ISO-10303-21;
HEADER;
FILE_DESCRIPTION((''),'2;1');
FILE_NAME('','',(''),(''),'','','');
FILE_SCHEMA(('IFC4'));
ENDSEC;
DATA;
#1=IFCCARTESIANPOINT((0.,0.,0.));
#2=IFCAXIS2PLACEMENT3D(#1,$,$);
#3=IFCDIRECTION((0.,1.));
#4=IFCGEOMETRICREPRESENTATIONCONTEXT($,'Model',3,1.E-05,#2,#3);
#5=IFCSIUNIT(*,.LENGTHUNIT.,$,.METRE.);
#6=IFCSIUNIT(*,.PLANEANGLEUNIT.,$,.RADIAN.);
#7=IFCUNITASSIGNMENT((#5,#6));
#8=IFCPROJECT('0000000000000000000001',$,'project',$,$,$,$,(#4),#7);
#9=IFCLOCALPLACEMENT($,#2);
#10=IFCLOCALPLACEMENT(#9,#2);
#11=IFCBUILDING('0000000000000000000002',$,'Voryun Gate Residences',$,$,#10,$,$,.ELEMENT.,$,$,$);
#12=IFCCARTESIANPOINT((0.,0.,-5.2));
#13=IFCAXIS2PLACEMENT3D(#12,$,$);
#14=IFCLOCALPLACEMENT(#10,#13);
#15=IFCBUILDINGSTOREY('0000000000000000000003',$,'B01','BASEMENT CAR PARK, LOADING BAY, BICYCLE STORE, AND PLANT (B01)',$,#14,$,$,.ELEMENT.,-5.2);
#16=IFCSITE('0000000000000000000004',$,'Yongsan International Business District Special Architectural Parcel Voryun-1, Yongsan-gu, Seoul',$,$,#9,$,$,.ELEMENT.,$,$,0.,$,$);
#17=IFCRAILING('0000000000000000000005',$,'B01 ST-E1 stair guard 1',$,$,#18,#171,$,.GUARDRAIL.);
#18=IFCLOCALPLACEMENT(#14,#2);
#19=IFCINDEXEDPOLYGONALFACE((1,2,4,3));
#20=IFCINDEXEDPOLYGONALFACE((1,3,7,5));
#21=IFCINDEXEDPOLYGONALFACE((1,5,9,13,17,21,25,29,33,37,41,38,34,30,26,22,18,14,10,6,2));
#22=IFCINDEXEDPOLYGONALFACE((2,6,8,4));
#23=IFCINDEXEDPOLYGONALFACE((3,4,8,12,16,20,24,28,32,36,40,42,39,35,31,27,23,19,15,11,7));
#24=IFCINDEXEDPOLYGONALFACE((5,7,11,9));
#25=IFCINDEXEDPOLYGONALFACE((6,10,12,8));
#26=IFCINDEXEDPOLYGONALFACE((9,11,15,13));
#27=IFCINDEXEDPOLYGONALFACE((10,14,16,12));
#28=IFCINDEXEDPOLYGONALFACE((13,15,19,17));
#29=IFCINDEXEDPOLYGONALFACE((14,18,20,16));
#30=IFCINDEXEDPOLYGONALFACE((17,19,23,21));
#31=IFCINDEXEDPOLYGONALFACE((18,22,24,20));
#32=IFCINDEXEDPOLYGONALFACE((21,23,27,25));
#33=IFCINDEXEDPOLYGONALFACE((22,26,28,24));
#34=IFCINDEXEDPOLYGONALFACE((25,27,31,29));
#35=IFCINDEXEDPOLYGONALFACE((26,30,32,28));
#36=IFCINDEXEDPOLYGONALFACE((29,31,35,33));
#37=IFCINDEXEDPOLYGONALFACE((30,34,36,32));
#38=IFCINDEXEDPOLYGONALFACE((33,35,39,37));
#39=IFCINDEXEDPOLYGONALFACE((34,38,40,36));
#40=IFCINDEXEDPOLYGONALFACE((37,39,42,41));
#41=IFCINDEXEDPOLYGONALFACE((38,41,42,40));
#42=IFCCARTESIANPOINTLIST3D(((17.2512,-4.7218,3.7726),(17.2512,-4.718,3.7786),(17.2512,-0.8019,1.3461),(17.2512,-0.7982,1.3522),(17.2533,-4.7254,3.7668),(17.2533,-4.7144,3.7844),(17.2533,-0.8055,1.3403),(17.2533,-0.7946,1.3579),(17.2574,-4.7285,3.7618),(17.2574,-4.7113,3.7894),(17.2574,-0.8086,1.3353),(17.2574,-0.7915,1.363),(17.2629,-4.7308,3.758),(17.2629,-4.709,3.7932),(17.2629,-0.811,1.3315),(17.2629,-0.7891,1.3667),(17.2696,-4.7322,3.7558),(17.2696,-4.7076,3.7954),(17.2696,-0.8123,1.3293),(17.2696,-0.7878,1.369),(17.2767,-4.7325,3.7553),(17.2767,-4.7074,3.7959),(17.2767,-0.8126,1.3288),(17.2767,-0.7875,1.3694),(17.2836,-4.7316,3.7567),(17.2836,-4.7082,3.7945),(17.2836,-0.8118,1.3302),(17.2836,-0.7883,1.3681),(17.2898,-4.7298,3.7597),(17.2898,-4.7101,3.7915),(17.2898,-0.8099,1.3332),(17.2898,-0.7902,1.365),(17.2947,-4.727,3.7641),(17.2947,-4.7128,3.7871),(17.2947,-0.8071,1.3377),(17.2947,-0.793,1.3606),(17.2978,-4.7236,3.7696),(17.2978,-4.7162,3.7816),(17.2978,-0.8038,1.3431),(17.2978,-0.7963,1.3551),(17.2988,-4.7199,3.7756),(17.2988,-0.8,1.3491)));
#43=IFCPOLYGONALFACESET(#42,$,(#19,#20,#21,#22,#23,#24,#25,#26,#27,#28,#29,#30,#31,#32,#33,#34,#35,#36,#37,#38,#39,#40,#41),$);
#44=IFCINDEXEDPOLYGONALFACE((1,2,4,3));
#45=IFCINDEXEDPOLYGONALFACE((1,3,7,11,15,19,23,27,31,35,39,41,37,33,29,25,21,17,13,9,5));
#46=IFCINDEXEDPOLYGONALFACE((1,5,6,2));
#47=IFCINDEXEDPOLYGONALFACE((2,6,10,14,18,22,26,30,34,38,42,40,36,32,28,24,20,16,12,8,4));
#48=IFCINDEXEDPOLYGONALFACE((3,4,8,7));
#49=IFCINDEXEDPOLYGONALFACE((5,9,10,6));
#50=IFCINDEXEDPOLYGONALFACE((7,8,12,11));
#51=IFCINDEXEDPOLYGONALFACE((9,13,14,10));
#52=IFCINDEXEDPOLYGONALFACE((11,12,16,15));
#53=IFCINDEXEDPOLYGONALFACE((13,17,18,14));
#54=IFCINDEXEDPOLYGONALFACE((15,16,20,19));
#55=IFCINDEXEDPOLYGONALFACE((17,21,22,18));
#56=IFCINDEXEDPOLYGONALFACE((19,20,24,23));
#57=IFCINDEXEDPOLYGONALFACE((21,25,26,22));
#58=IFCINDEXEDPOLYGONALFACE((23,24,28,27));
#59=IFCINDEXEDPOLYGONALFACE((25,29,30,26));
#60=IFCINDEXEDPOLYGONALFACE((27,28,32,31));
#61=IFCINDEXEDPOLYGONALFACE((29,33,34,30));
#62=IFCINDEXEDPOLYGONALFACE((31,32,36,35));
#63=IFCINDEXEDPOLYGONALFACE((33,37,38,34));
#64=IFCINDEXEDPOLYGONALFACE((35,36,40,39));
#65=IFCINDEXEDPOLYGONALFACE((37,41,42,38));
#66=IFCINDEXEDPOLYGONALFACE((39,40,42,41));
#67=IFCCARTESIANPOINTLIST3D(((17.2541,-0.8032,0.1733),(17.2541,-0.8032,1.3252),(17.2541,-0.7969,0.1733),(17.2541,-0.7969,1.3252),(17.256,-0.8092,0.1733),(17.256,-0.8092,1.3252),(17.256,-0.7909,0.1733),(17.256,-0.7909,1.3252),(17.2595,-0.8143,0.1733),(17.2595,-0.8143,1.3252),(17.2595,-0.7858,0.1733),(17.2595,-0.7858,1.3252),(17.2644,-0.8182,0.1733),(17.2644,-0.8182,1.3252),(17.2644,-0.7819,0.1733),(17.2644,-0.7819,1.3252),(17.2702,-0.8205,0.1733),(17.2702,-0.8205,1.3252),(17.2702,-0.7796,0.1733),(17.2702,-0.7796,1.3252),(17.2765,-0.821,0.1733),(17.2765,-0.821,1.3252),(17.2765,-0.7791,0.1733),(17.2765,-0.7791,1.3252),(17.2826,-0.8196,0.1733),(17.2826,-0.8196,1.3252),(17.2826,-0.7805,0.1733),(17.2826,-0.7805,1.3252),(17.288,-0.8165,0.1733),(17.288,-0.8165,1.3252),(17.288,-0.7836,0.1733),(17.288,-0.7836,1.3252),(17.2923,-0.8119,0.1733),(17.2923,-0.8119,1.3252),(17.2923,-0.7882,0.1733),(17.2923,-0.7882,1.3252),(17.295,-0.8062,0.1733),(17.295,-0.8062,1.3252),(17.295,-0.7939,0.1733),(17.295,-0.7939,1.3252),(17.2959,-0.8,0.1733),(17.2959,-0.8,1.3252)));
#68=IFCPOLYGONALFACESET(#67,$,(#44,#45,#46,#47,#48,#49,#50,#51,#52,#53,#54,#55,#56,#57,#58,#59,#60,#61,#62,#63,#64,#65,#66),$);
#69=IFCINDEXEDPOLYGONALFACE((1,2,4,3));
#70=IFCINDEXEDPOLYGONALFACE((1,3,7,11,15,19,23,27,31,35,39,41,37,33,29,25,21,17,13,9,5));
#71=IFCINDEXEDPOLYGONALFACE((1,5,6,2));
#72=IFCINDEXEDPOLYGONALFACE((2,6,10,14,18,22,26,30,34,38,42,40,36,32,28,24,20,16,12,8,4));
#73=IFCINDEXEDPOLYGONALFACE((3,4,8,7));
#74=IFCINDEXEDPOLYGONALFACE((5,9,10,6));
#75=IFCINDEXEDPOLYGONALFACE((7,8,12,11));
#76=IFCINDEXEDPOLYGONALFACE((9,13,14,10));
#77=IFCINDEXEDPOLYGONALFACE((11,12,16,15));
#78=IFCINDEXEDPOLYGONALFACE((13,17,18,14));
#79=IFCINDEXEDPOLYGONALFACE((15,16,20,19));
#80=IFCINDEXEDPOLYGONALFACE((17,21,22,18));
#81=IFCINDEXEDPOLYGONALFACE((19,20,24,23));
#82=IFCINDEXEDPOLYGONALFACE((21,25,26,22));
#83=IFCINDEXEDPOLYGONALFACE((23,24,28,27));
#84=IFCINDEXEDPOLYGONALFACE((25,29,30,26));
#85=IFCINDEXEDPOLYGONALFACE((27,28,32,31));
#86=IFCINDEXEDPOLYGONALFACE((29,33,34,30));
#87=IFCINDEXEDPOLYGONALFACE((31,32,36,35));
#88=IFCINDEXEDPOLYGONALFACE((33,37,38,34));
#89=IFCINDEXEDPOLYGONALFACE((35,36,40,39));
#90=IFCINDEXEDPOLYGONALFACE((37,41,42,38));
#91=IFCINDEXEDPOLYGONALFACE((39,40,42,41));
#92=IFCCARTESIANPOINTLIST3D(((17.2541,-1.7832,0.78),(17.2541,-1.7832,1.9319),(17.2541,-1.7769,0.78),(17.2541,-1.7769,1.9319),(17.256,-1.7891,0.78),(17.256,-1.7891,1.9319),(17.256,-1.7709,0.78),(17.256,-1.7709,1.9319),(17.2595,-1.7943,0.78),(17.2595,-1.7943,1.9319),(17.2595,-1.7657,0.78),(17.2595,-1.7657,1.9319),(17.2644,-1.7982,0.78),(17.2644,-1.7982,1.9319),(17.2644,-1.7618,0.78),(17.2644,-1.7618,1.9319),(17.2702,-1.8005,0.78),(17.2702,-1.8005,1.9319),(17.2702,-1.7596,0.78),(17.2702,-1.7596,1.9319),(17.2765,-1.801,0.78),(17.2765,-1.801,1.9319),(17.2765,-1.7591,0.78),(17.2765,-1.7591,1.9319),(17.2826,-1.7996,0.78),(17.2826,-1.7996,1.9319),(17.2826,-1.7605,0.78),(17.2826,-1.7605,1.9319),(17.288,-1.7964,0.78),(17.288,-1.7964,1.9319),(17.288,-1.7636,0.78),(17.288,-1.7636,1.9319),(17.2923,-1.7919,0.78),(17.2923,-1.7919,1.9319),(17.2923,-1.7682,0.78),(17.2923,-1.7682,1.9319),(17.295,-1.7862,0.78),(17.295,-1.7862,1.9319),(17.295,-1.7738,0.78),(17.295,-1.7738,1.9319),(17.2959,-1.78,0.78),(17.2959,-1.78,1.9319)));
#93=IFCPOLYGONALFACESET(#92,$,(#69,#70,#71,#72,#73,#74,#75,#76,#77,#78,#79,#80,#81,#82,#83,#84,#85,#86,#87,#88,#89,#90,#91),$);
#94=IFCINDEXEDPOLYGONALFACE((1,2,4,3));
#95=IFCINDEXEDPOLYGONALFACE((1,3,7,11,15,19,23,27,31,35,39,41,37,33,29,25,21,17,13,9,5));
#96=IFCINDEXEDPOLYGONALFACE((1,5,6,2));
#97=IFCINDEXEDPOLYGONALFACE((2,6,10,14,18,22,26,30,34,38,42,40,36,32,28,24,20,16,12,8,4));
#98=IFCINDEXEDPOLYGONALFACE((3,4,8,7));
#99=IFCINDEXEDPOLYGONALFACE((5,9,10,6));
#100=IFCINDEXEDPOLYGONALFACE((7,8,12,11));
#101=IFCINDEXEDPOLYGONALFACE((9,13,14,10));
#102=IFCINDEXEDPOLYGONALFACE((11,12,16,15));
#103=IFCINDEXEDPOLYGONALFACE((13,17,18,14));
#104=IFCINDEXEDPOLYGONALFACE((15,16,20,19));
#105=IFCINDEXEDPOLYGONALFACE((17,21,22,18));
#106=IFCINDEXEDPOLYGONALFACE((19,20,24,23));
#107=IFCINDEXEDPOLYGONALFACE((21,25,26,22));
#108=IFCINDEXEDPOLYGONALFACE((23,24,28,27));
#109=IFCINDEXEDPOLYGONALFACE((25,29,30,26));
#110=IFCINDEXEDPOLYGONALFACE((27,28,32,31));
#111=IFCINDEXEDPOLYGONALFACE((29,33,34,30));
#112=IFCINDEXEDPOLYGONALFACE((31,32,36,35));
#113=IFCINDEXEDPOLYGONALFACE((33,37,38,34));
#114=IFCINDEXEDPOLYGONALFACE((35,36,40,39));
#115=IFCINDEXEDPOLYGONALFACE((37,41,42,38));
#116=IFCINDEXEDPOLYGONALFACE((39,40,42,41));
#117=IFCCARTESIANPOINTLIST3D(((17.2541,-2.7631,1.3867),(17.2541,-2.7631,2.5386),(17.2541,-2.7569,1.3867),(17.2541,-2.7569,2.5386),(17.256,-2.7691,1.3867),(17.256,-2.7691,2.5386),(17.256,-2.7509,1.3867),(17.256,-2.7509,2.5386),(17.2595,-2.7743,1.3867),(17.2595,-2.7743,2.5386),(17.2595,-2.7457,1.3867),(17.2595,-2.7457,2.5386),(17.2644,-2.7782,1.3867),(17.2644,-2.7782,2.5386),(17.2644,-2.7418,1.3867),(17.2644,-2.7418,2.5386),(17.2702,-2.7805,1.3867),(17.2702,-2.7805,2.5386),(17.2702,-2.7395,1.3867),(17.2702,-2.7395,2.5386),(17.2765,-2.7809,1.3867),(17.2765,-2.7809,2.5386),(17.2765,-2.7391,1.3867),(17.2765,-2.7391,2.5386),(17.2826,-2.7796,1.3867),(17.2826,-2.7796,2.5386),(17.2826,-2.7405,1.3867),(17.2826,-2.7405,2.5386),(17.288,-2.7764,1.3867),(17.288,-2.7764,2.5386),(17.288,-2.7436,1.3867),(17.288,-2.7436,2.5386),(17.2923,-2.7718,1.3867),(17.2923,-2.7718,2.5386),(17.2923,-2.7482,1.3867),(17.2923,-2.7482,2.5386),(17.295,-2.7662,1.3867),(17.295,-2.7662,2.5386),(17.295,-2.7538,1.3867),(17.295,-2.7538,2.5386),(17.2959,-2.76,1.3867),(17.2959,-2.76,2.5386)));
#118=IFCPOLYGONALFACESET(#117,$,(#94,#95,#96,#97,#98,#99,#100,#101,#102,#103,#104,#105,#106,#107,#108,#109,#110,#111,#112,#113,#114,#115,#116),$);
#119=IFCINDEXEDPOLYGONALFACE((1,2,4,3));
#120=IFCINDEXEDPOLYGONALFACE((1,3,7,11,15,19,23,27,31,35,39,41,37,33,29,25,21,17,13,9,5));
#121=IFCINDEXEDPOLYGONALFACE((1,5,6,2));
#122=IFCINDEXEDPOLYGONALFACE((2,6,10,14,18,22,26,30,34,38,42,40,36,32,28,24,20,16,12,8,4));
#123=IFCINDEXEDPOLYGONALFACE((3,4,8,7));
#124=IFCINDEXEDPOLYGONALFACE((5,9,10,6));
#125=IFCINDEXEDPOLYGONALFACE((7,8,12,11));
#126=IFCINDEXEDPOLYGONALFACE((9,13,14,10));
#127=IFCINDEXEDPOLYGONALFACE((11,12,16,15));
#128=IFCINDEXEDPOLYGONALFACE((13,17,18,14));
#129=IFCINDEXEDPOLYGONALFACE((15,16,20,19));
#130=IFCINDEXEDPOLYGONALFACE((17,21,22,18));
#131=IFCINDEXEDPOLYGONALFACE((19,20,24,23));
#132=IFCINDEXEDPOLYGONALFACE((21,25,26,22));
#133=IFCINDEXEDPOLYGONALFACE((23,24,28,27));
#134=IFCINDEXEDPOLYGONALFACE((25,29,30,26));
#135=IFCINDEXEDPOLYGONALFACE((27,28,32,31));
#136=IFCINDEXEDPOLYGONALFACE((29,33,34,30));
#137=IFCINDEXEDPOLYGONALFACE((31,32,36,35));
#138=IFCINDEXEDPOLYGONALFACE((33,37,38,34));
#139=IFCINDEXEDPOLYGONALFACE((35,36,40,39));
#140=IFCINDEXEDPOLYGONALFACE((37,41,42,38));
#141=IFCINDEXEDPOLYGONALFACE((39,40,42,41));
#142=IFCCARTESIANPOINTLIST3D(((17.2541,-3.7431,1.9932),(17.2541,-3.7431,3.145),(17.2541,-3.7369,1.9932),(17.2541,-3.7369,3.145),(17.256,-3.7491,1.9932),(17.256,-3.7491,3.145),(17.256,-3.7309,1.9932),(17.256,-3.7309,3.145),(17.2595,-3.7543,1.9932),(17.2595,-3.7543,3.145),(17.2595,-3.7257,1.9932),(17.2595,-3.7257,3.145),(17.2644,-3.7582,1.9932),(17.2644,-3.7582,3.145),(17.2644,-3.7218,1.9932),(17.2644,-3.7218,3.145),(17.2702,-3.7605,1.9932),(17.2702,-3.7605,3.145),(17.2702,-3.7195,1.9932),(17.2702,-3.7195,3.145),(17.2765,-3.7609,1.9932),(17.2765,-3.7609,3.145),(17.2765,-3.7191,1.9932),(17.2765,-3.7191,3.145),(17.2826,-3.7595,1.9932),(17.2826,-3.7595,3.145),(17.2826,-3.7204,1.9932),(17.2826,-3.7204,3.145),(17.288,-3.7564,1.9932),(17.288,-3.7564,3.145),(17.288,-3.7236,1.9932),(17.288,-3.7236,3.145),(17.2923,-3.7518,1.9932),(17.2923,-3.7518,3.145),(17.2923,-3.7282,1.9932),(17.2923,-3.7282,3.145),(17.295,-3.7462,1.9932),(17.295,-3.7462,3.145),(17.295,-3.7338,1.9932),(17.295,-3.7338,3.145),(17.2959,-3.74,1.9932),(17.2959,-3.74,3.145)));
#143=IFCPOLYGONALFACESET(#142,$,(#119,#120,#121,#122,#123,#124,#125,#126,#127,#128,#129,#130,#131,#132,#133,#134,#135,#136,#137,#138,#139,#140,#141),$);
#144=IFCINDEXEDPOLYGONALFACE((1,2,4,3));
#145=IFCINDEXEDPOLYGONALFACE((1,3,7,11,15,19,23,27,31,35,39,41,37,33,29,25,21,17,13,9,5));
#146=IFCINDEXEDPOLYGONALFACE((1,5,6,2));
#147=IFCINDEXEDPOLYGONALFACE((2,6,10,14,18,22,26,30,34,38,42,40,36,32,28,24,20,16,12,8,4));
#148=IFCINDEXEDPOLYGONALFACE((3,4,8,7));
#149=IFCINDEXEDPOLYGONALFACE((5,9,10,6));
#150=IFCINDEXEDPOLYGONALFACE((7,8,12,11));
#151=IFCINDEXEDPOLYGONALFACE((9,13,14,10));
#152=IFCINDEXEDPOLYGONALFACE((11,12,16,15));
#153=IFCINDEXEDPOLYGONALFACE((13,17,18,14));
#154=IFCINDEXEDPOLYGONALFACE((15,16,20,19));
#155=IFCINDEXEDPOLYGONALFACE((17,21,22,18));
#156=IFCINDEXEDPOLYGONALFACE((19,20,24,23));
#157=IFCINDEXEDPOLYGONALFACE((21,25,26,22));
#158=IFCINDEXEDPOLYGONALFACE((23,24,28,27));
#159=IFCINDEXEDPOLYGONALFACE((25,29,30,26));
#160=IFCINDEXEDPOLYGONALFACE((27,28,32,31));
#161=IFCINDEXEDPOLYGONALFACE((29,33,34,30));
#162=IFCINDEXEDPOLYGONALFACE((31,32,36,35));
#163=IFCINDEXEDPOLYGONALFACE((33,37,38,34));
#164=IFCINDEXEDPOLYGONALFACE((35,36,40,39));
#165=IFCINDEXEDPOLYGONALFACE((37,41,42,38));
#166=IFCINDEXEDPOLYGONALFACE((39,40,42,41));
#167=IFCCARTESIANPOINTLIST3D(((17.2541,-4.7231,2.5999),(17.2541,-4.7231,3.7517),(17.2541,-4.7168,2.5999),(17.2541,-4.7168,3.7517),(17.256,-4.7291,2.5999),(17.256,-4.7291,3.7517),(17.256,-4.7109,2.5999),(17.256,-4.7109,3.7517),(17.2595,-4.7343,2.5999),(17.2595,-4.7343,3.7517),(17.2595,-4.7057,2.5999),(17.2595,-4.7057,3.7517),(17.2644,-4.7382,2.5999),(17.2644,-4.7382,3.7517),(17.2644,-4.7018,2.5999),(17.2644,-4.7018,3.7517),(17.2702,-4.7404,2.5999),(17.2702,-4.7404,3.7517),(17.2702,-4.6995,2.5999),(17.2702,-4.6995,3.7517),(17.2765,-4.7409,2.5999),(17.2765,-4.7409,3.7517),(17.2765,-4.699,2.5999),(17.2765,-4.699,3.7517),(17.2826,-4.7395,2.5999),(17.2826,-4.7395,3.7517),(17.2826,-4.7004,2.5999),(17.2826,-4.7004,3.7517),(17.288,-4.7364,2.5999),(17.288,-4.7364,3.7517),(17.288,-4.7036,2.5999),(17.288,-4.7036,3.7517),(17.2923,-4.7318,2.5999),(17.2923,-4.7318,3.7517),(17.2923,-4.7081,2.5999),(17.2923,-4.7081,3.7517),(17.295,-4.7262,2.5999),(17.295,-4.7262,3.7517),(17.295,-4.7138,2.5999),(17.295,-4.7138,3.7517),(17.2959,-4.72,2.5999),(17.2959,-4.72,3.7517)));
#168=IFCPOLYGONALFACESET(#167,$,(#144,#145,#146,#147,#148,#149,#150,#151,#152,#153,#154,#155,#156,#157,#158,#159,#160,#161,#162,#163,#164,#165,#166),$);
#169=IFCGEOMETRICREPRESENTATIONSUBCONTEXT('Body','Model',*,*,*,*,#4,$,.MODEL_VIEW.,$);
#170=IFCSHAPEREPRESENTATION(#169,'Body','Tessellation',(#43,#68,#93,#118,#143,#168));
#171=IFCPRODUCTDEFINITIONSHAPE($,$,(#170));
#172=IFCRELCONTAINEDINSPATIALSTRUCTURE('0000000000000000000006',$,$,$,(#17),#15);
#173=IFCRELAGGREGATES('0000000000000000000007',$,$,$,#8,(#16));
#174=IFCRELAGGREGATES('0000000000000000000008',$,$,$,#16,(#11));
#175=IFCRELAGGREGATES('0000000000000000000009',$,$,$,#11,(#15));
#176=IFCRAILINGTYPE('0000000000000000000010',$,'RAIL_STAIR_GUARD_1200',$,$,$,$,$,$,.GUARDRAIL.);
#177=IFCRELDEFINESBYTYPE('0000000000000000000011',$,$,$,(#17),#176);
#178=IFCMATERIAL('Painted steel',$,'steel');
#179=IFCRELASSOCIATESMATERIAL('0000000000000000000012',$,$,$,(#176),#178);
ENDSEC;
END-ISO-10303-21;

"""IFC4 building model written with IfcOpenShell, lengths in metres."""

from ifc_helpers import new_model, si_unit, direction, frame, origin, origin_2d, place, context, subcontext, project, spatial, circle, extrude, material, type_object, element, save


model = new_model("IFC4")

# Units and contexts
model_context = context("Model", 3, precision=1e-05, world=origin(), true_north=direction((0.0, 1.0)))
body_context = subcontext(model_context, "Body", "Model", "MODEL_VIEW")
ifc_project = project(units=[si_unit("LENGTHUNIT", "METRE"), si_unit("PLANEANGLEUNIT", "RADIAN")], contexts=[model_context])

# Site, building, storey
site_placement = place(None, origin())
site = spatial("IfcSite", under=ifc_project, at=site_placement, Name="Yongsan International Business District Special Architectural Parcel Voryun-1, Yongsan-gu, Seoul", CompositionType="ELEMENT", RefElevation=0.0)
building_placement = place(site_placement, origin())
building = spatial("IfcBuilding", under=site, at=building_placement, Name="Voryun Gate Residences", CompositionType="ELEMENT")
storey_placement = place(building_placement, frame((0.0, 0.0, -5.2)))
storey = spatial("IfcBuildingStorey", under=building, at=storey_placement, Name="B01", Description="BASEMENT CAR PARK, LOADING BAY, BICYCLE STORE, AND PLANT (B01)", CompositionType="ELEMENT", Elevation=-5.2)

# Railing
ifc_material_1 = material(Name="Painted steel", Category="steel")
railing_type_1 = type_object("IfcRailingType", Name="RAIL_STAIR_GUARD_1200", PredefinedType="GUARDRAIL", material=ifc_material_1)
railing_1_placement = place(storey_placement, frame((17.2749, -0.8, 0.1733)))
element("IfcRailing", 1, at=railing_1_placement, inside=storey, type_object=railing_type_1, Name="B01 ST-E1 stair guard 1", PredefinedType="GUARDRAIL", context=body_context, shape_type="SweptSolid", body=[
    extrude(circle(Radius=0.0239, at=origin_2d()), frame((0.0, 0.0, 1.1758), z_axis=(0.0, -0.850275, 0.526338), x_axis=(1.0, 0.0, 0.0)), (0.0, 0.0, 1.0), 4.6101),
    extrude(circle(Radius=0.021, at=origin_2d()), origin(), (0.0, 0.0, 1.0), 1.1519),
    extrude(circle(Radius=0.021, at=origin_2d()), frame((0.0, -0.98, 0.6067)), (0.0, 0.0, 1.0), 1.1519),
    extrude(circle(Radius=0.021, at=origin_2d()), frame((0.0, -1.96, 1.2134)), (0.0, 0.0, 1.0), 1.1519),
    extrude(circle(Radius=0.021, at=origin_2d()), frame((0.0, -2.9399, 1.8198)), (0.0, 0.0, 1.0), 1.1519),
    extrude(circle(Radius=0.021, at=origin_2d()), frame((0.0, -3.9199, 2.4265)), (0.0, 0.0, 1.0), 1.1519),
])

save(model, "model.ifc")
